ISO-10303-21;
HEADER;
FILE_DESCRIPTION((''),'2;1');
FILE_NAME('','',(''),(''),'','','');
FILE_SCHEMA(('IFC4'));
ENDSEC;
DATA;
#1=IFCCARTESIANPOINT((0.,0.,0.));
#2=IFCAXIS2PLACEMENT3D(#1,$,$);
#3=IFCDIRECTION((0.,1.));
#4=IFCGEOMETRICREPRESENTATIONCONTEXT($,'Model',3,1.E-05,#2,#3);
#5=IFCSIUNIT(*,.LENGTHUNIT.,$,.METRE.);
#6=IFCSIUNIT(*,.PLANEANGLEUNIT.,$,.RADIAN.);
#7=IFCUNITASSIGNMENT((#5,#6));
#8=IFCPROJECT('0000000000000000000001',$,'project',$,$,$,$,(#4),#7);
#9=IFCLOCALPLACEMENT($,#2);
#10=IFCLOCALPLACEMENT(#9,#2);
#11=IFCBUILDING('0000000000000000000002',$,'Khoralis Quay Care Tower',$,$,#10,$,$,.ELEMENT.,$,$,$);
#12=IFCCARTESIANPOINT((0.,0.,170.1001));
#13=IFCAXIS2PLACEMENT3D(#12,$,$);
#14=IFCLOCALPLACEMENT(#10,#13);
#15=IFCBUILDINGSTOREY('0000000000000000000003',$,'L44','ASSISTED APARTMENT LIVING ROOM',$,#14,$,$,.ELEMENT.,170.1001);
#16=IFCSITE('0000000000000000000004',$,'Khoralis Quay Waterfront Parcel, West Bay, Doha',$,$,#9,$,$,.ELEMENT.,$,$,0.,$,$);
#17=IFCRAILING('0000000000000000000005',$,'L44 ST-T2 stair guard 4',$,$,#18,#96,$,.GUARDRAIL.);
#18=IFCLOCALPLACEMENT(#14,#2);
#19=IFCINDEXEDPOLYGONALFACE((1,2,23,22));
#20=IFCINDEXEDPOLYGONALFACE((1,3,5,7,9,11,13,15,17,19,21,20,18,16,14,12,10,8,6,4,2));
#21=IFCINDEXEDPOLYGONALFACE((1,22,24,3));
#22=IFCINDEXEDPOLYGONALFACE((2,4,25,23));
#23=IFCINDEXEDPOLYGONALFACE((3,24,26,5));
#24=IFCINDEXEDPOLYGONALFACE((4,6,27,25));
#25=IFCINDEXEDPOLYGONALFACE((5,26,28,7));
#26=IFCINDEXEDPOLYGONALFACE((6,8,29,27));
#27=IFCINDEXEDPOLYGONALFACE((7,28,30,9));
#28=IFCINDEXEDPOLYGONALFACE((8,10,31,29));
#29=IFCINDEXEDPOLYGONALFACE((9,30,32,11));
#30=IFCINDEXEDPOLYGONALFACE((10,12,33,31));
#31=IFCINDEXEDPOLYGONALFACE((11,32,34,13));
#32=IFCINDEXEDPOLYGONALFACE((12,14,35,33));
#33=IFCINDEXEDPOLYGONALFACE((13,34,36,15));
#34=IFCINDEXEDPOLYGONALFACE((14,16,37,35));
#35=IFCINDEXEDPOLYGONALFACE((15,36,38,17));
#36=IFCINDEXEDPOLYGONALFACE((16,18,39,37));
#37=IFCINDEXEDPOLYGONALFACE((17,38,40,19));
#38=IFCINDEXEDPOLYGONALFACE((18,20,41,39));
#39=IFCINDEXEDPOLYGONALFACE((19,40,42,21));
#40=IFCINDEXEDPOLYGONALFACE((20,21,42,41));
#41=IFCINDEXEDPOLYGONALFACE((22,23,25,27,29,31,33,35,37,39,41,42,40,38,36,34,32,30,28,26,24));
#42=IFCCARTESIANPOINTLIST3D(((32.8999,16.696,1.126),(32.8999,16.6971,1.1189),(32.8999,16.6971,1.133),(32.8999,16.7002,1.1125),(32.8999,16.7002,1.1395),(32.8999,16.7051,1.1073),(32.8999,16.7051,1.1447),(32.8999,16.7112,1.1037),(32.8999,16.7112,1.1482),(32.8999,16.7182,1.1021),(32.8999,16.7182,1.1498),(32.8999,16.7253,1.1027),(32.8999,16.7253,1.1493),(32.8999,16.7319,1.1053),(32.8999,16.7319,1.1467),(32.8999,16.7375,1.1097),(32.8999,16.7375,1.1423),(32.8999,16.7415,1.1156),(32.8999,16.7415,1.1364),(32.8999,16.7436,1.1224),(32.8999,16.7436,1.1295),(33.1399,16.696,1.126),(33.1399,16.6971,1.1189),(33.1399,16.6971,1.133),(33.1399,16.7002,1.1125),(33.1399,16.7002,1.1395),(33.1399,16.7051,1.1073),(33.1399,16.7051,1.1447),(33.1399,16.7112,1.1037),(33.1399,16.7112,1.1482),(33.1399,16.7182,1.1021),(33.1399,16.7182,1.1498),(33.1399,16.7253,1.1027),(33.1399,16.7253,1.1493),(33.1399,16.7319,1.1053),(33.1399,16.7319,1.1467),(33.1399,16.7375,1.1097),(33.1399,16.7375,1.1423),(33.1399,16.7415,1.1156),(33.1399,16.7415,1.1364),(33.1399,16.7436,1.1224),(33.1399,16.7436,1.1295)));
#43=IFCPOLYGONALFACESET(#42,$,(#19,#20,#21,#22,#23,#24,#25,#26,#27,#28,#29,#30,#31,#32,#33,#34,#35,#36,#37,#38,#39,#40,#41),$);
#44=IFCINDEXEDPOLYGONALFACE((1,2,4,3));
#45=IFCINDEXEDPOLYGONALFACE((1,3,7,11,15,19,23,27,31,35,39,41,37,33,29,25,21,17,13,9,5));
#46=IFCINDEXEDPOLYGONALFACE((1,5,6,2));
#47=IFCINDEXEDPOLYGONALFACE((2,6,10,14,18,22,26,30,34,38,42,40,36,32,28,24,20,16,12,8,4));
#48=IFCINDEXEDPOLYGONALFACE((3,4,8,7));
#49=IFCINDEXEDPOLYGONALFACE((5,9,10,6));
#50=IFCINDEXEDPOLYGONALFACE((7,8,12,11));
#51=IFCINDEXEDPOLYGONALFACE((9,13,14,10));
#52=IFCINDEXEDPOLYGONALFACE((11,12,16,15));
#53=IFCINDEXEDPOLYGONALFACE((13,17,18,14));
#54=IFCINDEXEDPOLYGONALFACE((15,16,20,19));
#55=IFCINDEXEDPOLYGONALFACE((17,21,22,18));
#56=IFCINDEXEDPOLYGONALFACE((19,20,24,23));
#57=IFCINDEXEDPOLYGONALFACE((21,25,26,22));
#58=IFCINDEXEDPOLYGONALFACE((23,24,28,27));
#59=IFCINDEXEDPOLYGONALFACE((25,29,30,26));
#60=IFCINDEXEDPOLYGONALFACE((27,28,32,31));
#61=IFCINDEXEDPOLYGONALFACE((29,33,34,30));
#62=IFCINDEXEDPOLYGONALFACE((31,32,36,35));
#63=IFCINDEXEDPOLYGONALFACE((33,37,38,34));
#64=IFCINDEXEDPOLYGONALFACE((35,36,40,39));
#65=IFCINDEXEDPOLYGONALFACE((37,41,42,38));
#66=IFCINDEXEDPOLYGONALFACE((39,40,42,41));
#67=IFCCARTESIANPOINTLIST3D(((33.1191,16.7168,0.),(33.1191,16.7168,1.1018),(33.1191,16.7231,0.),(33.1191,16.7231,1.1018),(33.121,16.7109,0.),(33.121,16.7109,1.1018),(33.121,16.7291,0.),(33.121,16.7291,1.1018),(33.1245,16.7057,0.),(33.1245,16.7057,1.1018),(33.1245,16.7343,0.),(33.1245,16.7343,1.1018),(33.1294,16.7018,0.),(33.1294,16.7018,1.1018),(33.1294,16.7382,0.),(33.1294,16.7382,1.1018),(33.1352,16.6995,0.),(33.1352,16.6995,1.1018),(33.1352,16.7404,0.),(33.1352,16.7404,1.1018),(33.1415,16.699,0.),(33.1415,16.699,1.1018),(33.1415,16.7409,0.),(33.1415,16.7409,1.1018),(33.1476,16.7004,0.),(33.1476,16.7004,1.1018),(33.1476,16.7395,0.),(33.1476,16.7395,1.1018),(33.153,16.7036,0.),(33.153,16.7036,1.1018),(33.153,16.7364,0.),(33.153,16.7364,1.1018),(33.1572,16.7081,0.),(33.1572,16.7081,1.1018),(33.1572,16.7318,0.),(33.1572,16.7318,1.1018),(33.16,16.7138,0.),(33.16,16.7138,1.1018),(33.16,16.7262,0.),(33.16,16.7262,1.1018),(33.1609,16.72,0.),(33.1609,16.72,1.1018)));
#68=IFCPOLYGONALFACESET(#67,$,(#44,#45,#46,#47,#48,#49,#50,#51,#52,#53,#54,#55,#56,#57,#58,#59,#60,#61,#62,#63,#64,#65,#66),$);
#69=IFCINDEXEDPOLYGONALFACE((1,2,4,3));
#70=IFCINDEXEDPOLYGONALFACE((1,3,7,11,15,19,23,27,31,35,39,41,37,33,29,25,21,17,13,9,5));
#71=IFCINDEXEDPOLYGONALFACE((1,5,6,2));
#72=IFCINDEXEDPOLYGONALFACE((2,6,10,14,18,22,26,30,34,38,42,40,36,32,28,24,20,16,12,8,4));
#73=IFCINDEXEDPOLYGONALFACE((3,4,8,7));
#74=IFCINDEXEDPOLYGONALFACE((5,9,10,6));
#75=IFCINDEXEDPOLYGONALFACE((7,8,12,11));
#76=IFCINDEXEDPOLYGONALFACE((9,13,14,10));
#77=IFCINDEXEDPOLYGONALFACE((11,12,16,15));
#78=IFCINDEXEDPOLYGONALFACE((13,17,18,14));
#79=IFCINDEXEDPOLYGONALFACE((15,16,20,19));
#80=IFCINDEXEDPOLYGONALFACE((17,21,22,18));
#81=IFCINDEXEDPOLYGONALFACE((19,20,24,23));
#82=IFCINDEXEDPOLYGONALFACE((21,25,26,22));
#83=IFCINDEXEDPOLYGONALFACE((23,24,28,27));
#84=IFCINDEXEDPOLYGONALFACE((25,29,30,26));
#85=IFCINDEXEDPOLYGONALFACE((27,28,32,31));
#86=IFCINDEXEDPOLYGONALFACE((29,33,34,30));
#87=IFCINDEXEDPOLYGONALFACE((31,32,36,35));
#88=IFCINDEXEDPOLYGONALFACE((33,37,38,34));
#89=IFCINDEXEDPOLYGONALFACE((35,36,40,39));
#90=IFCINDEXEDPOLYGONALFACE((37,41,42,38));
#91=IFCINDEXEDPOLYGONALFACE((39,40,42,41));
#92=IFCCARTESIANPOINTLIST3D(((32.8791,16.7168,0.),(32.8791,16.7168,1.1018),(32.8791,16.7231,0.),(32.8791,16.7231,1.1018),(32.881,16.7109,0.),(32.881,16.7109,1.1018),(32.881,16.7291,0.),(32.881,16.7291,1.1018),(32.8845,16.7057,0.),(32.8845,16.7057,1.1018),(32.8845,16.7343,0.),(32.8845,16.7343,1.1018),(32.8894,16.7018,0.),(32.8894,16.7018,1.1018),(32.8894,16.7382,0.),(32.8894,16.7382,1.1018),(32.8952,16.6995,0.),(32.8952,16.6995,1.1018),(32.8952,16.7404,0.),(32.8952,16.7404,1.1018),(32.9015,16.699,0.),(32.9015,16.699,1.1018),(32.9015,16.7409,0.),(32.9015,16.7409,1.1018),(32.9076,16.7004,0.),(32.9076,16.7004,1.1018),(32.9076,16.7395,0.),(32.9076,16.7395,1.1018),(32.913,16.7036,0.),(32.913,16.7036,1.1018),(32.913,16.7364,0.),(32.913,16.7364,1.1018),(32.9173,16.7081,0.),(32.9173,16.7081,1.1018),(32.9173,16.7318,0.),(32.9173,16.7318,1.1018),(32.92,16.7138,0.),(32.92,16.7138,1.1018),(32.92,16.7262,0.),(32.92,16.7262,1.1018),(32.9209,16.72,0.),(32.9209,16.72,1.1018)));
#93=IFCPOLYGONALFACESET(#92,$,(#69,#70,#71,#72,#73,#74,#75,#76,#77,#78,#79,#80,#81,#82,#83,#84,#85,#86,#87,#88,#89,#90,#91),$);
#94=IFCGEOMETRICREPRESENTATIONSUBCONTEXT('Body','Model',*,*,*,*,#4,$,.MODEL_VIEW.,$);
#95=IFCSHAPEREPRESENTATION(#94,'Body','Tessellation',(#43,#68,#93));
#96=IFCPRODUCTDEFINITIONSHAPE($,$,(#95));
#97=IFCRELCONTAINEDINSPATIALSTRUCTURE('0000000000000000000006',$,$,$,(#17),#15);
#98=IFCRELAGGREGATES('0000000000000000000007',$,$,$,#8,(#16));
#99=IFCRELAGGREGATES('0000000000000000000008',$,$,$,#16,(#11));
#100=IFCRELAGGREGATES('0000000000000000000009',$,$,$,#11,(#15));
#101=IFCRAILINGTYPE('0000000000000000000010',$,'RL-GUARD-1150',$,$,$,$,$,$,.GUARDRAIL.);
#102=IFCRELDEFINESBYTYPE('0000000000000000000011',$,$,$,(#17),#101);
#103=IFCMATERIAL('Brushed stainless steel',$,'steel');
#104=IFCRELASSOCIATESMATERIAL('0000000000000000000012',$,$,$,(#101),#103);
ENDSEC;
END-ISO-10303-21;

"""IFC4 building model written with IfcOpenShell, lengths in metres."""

from ifc_helpers import new_model, si_unit, direction, frame, origin, origin_2d, place, context, subcontext, project, spatial, circle, extrude, material, type_object, element, save


model = new_model("IFC4")

# Units and contexts
model_context = context("Model", 3, precision=1e-05, world=origin(), true_north=direction((0.0, 1.0)))
body_context = subcontext(model_context, "Body", "Model", "MODEL_VIEW")
ifc_project = project(units=[si_unit("LENGTHUNIT", "METRE"), si_unit("PLANEANGLEUNIT", "RADIAN")], contexts=[model_context])

# Site, building, storey
site_placement = place(None, origin())
site = spatial("IfcSite", under=ifc_project, at=site_placement, Name="Khoralis Quay Waterfront Parcel, West Bay, Doha", CompositionType="ELEMENT", RefElevation=0.0)
building_placement = place(site_placement, origin())
building = spatial("IfcBuilding", under=site, at=building_placement, Name="Khoralis Quay Care Tower", CompositionType="ELEMENT")
storey_placement = place(building_placement, frame((0.0, 0.0, 170.1001)))
storey = spatial("IfcBuildingStorey", under=building, at=storey_placement, Name="L44", Description="ASSISTED APARTMENT LIVING ROOM", CompositionType="ELEMENT", Elevation=170.1001)

# Shared definitions
ifc_material_1 = material(Name="Brushed stainless steel", Category="steel")

# Railing
railing_type_1 = type_object("IfcRailingType", Name="RL-GUARD-1150", PredefinedType="GUARDRAIL", material=ifc_material_1)
railing_1_placement = place(storey_placement, frame((33.1399, 16.72, 0.0)))
element("IfcRailing", 1, at=railing_1_placement, inside=storey, type_object=railing_type_1, Name="L44 ST-T2 stair guard 4", PredefinedType="GUARDRAIL", context=body_context, shape_type="SweptSolid", body=[
    extrude(circle(Radius=0.0239, at=origin_2d()), frame((0.0, 0.0, 1.126), z_axis=(-1.0, 0.0, 0.0), x_axis=(0.0, -1.0, 0.0)), (0.0, 0.0, 1.0), 0.24),
    extrude(circle(Radius=0.021, at=origin_2d()), origin(), (0.0, 0.0, 1.0), 1.1018),
    extrude(circle(Radius=0.021, at=origin_2d()), frame((-0.24, 0.0, 0.0)), (0.0, 0.0, 1.0), 1.1018),
])

save(model, "model.ifc")
